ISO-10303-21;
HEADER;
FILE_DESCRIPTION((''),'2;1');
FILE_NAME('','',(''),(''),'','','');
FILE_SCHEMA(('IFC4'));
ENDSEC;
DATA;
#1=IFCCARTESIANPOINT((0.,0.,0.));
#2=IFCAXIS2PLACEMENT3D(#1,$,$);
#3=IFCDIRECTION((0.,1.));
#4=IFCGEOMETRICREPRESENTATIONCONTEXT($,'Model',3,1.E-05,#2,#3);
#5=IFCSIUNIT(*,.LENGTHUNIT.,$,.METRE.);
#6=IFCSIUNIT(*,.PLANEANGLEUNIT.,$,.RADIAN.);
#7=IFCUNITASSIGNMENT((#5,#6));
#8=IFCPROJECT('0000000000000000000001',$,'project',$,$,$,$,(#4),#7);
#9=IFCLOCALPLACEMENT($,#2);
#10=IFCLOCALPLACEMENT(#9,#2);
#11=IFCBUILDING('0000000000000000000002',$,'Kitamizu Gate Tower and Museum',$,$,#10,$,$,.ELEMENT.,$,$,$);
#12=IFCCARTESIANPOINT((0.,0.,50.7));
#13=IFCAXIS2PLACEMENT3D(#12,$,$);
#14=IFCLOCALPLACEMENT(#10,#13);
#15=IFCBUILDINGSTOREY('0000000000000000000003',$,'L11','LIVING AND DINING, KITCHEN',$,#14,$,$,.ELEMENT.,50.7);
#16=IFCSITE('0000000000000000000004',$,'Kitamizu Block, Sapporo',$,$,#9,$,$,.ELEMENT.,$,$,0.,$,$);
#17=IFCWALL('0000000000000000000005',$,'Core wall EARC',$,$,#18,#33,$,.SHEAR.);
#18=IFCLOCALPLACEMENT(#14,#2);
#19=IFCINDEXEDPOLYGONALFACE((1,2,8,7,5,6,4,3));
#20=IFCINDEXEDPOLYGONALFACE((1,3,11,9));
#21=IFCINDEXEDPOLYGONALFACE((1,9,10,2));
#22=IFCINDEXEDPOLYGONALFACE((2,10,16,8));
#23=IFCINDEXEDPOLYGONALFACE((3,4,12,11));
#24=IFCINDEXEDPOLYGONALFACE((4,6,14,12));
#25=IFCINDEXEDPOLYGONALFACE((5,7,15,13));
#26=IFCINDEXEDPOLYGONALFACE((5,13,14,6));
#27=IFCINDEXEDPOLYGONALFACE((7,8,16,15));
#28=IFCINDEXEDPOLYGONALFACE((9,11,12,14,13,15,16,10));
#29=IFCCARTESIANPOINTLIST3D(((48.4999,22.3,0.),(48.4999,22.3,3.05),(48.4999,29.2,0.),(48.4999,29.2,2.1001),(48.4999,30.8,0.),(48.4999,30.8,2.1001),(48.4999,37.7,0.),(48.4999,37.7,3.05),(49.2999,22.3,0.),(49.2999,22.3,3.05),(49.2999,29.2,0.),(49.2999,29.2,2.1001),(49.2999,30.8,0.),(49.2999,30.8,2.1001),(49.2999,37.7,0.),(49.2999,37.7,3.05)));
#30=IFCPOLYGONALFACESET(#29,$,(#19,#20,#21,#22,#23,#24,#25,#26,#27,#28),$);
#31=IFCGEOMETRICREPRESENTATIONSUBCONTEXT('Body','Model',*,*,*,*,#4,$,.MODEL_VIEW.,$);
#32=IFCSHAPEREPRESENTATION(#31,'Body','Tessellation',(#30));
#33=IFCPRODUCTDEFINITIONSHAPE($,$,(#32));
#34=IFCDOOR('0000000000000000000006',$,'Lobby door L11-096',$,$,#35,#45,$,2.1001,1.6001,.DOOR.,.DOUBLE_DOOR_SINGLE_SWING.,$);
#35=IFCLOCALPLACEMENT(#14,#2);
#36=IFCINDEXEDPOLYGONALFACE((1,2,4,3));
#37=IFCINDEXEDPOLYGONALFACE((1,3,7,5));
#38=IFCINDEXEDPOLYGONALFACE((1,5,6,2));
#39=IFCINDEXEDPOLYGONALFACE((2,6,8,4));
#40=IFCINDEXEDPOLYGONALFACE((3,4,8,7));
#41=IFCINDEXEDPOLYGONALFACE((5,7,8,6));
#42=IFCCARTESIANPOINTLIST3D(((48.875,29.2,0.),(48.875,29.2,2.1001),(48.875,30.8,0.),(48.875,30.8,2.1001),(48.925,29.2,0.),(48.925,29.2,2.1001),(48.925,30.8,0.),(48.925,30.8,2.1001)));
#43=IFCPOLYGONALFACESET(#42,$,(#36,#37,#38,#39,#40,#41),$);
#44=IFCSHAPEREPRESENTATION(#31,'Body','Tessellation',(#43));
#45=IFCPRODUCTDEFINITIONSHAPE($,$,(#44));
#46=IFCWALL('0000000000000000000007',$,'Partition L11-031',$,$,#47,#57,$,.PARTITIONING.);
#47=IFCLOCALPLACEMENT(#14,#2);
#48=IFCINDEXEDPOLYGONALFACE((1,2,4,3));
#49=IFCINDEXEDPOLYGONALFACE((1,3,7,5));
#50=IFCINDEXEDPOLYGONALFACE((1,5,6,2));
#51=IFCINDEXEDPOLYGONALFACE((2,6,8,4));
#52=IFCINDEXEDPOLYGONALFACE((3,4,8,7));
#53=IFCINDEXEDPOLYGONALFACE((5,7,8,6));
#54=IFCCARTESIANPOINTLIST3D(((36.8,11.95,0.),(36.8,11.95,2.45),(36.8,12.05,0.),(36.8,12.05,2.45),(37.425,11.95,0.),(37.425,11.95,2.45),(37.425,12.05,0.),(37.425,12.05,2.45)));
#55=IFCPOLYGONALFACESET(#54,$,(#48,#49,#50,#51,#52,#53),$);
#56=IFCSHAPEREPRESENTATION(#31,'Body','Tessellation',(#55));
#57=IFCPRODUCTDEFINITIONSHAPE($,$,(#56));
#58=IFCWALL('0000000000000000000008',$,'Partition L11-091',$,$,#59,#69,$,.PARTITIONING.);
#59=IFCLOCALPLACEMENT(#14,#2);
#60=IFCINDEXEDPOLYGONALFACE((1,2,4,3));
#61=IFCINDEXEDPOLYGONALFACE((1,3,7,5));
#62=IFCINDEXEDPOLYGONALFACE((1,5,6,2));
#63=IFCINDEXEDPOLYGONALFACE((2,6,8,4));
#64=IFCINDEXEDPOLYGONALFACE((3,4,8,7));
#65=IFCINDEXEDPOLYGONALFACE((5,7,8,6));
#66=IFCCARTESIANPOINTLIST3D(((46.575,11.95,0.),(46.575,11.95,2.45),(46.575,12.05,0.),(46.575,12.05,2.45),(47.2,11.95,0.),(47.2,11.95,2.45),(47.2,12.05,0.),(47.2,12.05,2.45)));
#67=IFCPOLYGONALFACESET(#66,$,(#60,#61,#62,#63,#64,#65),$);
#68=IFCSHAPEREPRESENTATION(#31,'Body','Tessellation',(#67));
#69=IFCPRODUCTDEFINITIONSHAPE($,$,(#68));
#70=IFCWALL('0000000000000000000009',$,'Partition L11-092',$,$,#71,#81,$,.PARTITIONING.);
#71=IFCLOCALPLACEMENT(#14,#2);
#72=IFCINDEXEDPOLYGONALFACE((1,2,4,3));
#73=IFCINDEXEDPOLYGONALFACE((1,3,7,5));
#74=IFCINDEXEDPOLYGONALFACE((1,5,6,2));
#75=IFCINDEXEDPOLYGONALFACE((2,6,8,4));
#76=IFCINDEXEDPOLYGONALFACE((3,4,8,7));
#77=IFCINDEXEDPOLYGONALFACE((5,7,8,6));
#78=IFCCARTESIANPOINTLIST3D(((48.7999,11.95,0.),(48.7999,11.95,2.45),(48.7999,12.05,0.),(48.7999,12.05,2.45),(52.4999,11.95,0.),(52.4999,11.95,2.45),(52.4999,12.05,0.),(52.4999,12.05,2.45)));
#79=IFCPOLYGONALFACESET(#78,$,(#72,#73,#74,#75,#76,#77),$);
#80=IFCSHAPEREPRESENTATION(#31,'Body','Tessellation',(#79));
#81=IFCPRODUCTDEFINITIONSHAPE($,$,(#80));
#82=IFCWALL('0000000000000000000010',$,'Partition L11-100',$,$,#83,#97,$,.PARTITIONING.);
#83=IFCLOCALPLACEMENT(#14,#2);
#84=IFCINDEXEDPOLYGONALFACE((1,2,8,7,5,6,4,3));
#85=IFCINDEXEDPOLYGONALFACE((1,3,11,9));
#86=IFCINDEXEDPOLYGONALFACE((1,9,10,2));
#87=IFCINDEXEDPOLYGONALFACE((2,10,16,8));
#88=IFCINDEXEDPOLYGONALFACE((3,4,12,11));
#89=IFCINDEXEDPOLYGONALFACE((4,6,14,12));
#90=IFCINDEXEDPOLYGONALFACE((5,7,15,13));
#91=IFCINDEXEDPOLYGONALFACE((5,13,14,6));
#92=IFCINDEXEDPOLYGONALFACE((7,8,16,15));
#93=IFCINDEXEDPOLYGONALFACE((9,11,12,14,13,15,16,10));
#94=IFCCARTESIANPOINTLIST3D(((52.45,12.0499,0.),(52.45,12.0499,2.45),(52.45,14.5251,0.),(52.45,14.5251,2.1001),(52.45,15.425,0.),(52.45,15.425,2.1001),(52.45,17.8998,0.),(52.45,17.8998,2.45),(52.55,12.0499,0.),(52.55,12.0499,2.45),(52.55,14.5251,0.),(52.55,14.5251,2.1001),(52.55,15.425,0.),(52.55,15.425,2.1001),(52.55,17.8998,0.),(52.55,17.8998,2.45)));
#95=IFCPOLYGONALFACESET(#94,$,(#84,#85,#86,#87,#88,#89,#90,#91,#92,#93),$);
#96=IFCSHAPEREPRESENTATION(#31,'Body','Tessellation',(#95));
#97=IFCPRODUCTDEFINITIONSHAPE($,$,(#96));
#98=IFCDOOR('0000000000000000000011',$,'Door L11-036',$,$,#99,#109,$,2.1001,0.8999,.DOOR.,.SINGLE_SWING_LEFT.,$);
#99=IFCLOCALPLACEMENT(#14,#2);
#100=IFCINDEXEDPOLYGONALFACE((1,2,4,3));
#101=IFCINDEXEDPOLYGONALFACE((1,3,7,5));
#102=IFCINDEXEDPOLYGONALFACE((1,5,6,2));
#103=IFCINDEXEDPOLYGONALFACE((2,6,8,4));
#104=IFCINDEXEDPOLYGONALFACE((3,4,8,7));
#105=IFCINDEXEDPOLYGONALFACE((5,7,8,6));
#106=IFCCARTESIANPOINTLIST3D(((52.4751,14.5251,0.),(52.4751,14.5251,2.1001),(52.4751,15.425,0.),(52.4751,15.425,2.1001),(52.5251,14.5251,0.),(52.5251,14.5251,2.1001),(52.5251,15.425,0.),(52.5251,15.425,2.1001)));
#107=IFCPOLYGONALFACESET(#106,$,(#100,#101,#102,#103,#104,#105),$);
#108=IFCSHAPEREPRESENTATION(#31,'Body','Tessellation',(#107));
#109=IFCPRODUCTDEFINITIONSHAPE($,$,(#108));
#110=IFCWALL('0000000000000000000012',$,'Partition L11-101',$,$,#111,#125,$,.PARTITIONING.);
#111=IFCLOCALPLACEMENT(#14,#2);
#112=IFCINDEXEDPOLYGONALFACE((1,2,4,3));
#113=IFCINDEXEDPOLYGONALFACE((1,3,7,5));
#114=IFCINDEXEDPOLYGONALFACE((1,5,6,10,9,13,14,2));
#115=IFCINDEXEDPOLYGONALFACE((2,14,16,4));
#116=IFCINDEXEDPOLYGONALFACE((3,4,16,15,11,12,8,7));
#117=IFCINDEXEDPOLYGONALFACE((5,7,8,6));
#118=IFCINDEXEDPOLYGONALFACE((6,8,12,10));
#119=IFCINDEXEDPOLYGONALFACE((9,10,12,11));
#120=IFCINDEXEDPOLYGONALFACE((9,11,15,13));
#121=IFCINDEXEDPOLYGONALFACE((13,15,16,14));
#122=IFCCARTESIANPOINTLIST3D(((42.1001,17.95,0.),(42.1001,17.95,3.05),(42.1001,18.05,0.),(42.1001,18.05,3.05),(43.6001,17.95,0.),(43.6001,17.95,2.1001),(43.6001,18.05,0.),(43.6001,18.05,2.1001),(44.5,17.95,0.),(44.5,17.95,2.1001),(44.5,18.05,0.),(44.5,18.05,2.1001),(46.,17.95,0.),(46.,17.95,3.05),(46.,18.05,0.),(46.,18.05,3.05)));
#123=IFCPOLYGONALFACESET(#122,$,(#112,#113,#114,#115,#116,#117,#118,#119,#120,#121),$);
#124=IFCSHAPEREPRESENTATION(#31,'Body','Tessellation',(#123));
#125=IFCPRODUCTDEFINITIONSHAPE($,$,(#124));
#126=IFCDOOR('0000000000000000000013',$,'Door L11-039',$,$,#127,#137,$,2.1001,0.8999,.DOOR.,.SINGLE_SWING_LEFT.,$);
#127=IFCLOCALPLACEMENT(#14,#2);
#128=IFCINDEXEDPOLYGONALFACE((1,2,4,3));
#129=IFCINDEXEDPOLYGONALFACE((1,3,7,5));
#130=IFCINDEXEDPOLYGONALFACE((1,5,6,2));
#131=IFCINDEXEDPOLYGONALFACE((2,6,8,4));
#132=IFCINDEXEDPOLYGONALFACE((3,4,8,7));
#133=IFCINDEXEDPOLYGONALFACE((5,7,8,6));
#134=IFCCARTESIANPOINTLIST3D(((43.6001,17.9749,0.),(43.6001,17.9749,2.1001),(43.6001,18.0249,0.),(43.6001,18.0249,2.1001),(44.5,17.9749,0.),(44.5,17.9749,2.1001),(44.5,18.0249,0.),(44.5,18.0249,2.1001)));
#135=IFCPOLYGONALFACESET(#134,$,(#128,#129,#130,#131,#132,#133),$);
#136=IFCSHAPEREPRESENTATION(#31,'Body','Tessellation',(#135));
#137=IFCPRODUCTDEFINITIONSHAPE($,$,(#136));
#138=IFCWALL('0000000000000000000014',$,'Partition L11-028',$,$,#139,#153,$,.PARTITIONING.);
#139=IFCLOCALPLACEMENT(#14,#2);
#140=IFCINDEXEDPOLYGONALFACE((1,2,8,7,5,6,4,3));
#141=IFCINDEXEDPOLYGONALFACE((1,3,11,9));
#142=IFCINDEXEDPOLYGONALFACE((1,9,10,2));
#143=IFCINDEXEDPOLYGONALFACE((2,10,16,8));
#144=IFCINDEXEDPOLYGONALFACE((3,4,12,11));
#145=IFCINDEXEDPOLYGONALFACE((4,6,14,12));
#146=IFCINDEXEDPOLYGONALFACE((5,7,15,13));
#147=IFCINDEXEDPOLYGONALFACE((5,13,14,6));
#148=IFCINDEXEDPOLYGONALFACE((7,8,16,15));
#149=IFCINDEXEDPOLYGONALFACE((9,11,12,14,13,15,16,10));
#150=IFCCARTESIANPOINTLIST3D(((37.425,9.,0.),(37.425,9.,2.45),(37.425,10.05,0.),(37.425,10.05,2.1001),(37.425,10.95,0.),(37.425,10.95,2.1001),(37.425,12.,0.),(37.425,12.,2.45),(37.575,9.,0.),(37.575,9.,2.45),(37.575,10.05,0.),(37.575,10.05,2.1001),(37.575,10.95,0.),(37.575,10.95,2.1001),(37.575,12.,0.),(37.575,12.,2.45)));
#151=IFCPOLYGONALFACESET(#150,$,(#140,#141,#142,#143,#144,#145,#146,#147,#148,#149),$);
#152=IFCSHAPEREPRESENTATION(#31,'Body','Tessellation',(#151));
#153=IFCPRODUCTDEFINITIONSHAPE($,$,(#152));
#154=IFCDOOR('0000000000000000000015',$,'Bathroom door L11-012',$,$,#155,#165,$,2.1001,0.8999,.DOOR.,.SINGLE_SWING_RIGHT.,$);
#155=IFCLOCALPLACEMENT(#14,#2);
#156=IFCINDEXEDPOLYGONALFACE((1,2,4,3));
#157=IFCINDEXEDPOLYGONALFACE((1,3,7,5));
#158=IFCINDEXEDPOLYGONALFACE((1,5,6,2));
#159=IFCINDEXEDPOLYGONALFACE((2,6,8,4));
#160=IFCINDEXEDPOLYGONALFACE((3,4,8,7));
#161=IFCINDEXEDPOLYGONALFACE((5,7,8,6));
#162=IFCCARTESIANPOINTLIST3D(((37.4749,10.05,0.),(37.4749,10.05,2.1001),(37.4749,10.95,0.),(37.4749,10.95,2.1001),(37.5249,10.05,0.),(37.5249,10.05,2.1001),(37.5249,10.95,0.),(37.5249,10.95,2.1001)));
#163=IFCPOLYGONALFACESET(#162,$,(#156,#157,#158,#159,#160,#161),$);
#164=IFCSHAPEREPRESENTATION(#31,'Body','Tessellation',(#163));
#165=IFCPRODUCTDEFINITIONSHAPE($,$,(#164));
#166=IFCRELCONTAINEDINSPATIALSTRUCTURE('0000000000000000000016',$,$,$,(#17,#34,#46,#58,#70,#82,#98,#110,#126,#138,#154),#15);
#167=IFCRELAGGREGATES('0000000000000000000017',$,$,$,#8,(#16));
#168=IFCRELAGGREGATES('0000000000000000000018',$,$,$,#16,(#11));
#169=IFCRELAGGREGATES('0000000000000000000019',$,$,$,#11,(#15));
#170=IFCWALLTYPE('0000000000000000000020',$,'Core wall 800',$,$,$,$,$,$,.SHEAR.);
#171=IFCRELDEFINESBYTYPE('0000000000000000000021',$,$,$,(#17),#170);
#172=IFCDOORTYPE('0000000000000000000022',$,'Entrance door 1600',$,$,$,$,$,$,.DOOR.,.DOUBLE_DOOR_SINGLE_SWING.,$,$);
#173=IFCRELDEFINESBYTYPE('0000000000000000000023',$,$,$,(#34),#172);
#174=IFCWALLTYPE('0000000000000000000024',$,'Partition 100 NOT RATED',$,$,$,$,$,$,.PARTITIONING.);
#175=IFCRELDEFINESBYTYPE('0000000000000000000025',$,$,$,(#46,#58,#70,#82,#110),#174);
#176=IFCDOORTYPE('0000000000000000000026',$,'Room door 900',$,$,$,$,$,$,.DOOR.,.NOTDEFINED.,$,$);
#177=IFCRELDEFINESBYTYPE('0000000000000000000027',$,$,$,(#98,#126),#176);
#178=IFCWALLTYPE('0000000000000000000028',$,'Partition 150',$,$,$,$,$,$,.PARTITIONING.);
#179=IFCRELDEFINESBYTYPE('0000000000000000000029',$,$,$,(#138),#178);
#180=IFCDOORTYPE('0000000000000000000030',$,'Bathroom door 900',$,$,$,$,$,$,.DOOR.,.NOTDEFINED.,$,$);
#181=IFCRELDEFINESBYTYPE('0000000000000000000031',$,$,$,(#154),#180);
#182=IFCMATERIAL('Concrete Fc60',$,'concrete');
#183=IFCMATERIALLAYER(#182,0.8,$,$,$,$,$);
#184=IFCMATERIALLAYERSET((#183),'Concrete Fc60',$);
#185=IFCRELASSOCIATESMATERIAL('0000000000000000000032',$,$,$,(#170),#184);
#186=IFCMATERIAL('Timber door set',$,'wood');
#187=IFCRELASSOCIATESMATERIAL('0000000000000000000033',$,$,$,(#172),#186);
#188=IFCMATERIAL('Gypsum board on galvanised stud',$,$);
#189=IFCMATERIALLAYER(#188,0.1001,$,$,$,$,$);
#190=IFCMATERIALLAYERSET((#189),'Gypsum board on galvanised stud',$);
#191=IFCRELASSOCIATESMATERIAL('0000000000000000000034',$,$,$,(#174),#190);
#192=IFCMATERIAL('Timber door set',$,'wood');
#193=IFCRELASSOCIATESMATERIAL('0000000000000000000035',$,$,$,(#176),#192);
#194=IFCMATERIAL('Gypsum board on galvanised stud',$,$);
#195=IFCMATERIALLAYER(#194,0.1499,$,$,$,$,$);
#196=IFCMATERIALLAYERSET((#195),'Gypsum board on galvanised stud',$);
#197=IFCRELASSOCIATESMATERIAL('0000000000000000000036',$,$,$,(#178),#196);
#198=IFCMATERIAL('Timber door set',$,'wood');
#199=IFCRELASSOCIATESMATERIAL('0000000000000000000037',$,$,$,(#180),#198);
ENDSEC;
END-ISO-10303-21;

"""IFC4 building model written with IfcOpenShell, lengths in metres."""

from ifc_helpers import new_model, si_unit, direction, frame, frame_2d, origin, place, context, subcontext, project, spatial, rectangle, extrude, material, layer, layer_set, type_object, element, fill, save


model = new_model("IFC4")

# Units and contexts
model_context = context("Model", 3, precision=1e-05, world=origin(), true_north=direction((0.0, 1.0)))
body_context = subcontext(model_context, "Body", "Model", "MODEL_VIEW")
ifc_project = project(units=[si_unit("LENGTHUNIT", "METRE"), si_unit("PLANEANGLEUNIT", "RADIAN")], contexts=[model_context])

# Site, building, storey
site_placement = place(None, origin())
site = spatial("IfcSite", under=ifc_project, at=site_placement, Name="Kitamizu Block, Sapporo", CompositionType="ELEMENT", RefElevation=0.0)
building_placement = place(site_placement, origin())
building = spatial("IfcBuilding", under=site, at=building_placement, Name="Kitamizu Gate Tower and Museum", CompositionType="ELEMENT")
storey_placement = place(building_placement, frame((0.0, 0.0, 50.7)))
storey = spatial("IfcBuildingStorey", under=building, at=storey_placement, Name="L11", Description="LIVING AND DINING, KITCHEN", CompositionType="ELEMENT", Elevation=50.7)

# Wall, opening, door
ifc_material_1 = material(Name="Concrete Fc60", Category="concrete")
ifc_layer_1 = layer(ifc_material_1, 0.8)
ifc_layer_set_1 = layer_set([ifc_layer_1], Name="Concrete Fc60")
wall_type_1 = type_object("IfcWallType", Name="Core wall 800", PredefinedType="SHEAR", material=ifc_layer_set_1)
wall_1_placement = place(storey_placement, frame((48.8999, 22.3, 0.0), z_axis=(0.0, 0.0, 1.0), x_axis=(0.0, 1.0, 0.0)))
wall_1 = element("IfcWall", 1, at=wall_1_placement, inside=storey, type_object=wall_type_1, Name="Core wall EARC", PredefinedType="SHEAR", context=body_context, shape_type="SweptSolid", body=[
    extrude(rectangle(XDim=15.3999, YDim=0.8, at=frame_2d((7.7, 0.0))), origin(), (0.0, 0.0, 1.0), 3.05),
])
opening_1_placement = place(wall_1_placement, frame((6.8999, 0.0, 0.0)))
opening_1 = element("IfcOpeningElement", 2, at=opening_1_placement, cuts=wall_1, PredefinedType="OPENING", context=body_context, shape_type="SweptSolid", body=[
    extrude(rectangle(XDim=1.6001, YDim=2.1001, at=frame_2d((0.8, 1.05))), frame((0.0, 0.4102, 0.0), z_axis=(0.0, -1.0, 0.0), x_axis=(1.0, 0.0, 0.0)), (0.0, 0.0, 1.0), 0.8201),
])
ifc_material_2 = material(Name="Timber door set", Category="wood")
door_type_1 = type_object("IfcDoorType", Name="Entrance door 1600", OperationType="DOUBLE_DOOR_SINGLE_SWING", PredefinedType="DOOR", material=ifc_material_2)
door_1_placement = place(opening_1_placement, origin())
door_1 = element("IfcDoor", 3, at=door_1_placement, inside=storey, type_object=door_type_1, Name="Lobby door L11-096", OperationType="DOUBLE_DOOR_SINGLE_SWING", OverallHeight=2.1001, OverallWidth=1.6001, PredefinedType="DOOR", context=body_context, shape_type="SweptSolid", body=[
    extrude(rectangle(XDim=1.6001, YDim=2.1001, at=frame_2d((0.8, 1.05))), frame((0.0, 0.0249, 0.0), z_axis=(0.0, -1.0, 0.0), x_axis=(1.0, 0.0, 0.0)), (0.0, 0.0, 1.0), 0.05),
])
fill(opening_1, door_1)

# Walls
ifc_material_3 = material(Name="Gypsum board on galvanised stud")
ifc_layer_2 = layer(ifc_material_3, 0.1001)
ifc_layer_set_2 = layer_set([ifc_layer_2], Name="Gypsum board on galvanised stud")
wall_type_2 = type_object("IfcWallType", Name="Partition 100 NOT RATED", PredefinedType="PARTITIONING", material=ifc_layer_set_2)
for number, where, z_axis, x_axis, name in (
    (4, (37.425, 12.0, 0.0), (0.0, 0.0, 1.0), (-1.0, 0.0, 0.0), "Partition L11-031"),
    (5, (47.2, 12.0, 0.0), (0.0, 0.0, 1.0), (-1.0, 0.0, 0.0), "Partition L11-091"),
):
    element("IfcWall", number, at=place(storey_placement, frame(where, z_axis=z_axis, x_axis=x_axis)), inside=storey, type_object=wall_type_2, Name=name, PredefinedType="PARTITIONING", context=body_context, shape_type="SweptSolid", body=[
        extrude(rectangle(XDim=0.625, YDim=0.1001, at=frame_2d((0.3125, 0.0))), origin(), (0.0, 0.0, 1.0), 2.45),
    ])
wall_2_placement = place(storey_placement, frame((52.5, 12.0, 0.0), z_axis=(0.0, 0.0, 1.0), x_axis=(-1.0, 0.0, 0.0)))
element("IfcWall", 6, at=wall_2_placement, inside=storey, type_object=wall_type_2, Name="Partition L11-092", PredefinedType="PARTITIONING", context=body_context, shape_type="SweptSolid", body=[
    extrude(rectangle(XDim=3.7, YDim=0.1001, at=frame_2d((1.8501, 0.0))), origin(), (0.0, 0.0, 1.0), 2.45),
])

# Walls, openings, doors
wall_3_placement = place(storey_placement, frame((52.5, 12.05, 0.0), z_axis=(0.0, 0.0, 1.0), x_axis=(0.0, 1.0, 0.0)))
wall_3 = element("IfcWall", 7, at=wall_3_placement, inside=storey, type_object=wall_type_2, Name="Partition L11-100", PredefinedType="PARTITIONING", context=body_context, shape_type="SweptSolid", body=[
    extrude(rectangle(XDim=5.8499, YDim=0.1001, at=frame_2d((2.9248, 0.0))), origin(), (0.0, 0.0, 1.0), 2.45),
])
opening_2_placement = place(wall_3_placement, frame((2.4751, 0.0, 0.0)))
opening_2 = element("IfcOpeningElement", 8, at=opening_2_placement, cuts=wall_3, PredefinedType="OPENING", context=body_context, shape_type="SweptSolid", body=[
    extrude(rectangle(XDim=0.8999, YDim=2.1001, at=frame_2d((0.45, 1.05))), frame((0.0, 0.0601, 0.0), z_axis=(0.0, -1.0, 0.0), x_axis=(1.0, 0.0, 0.0)), (0.0, 0.0, 1.0), 0.1201),
])
ifc_material_4 = material(Name="Timber door set", Category="wood")
door_type_2 = type_object("IfcDoorType", Name="Room door 900", OperationType="NOTDEFINED", PredefinedType="DOOR", material=ifc_material_4)
door_2_placement = place(opening_2_placement, origin())
door_2 = element("IfcDoor", 9, at=door_2_placement, inside=storey, type_object=door_type_2, Name="Door L11-036", OperationType="SINGLE_SWING_LEFT", OverallHeight=2.1001, OverallWidth=0.8999, PredefinedType="DOOR", context=body_context, shape_type="SweptSolid", body=[
    extrude(rectangle(XDim=0.8999, YDim=2.1001, at=frame_2d((0.45, 1.05))), frame((0.0, 0.0249, 0.0), z_axis=(0.0, -1.0, 0.0), x_axis=(1.0, 0.0, 0.0)), (0.0, 0.0, 1.0), 0.05),
])
fill(opening_2, door_2)
wall_4_placement = place(storey_placement, frame((46.0, 18.0, 0.0), z_axis=(0.0, 0.0, 1.0), x_axis=(-1.0, 0.0, 0.0)))
wall_4 = element("IfcWall", 10, at=wall_4_placement, inside=storey, type_object=wall_type_2, Name="Partition L11-101", PredefinedType="PARTITIONING", context=body_context, shape_type="SweptSolid", body=[
    extrude(rectangle(XDim=3.8999, YDim=0.1001, at=frame_2d((1.95, 0.0))), origin(), (0.0, 0.0, 1.0), 3.05),
])
opening_3_placement = place(wall_4_placement, frame((1.5, 0.0, 0.0)))
opening_3 = element("IfcOpeningElement", 11, at=opening_3_placement, cuts=wall_4, PredefinedType="OPENING", context=body_context, shape_type="SweptSolid", body=[
    extrude(rectangle(XDim=0.8999, YDim=2.1001, at=frame_2d((0.45, 1.05))), frame((0.0, 0.0601, 0.0), z_axis=(0.0, -1.0, 0.0), x_axis=(1.0, 0.0, 0.0)), (0.0, 0.0, 1.0), 0.1201),
])
door_3_placement = place(opening_3_placement, frame((0.8999, 0.0, 0.0), x_axis=(-1.0, 0.0, 0.0)))
door_3 = element("IfcDoor", 12, at=door_3_placement, inside=storey, type_object=door_type_2, Name="Door L11-039", OperationType="SINGLE_SWING_LEFT", OverallHeight=2.1001, OverallWidth=0.8999, PredefinedType="DOOR", context=body_context, shape_type="SweptSolid", body=[
    extrude(rectangle(XDim=0.8999, YDim=2.1001, at=frame_2d((0.45, 1.05))), frame((0.0, 0.0249, 0.0), z_axis=(0.0, -1.0, 0.0), x_axis=(1.0, 0.0, 0.0)), (0.0, 0.0, 1.0), 0.05),
])
fill(opening_3, door_3)
ifc_material_5 = material(Name="Gypsum board on galvanised stud")
ifc_layer_3 = layer(ifc_material_5, 0.1499)
ifc_layer_set_3 = layer_set([ifc_layer_3], Name="Gypsum board on galvanised stud")
wall_type_3 = type_object("IfcWallType", Name="Partition 150", PredefinedType="PARTITIONING", material=ifc_layer_set_3)
wall_5_placement = place(storey_placement, frame((37.5, 9.0, 0.0), z_axis=(0.0, 0.0, 1.0), x_axis=(0.0, 1.0, 0.0)))
wall_5 = element("IfcWall", 13, at=wall_5_placement, inside=storey, type_object=wall_type_3, Name="Partition L11-028", PredefinedType="PARTITIONING", context=body_context, shape_type="SweptSolid", body=[
    extrude(rectangle(XDim=3.0, YDim=0.1499, at=frame_2d((1.5, 0.0))), origin(), (0.0, 0.0, 1.0), 2.45),
])
opening_4_placement = place(wall_5_placement, frame((1.05, 0.0, 0.0)))
opening_4 = element("IfcOpeningElement", 14, at=opening_4_placement, cuts=wall_5, PredefinedType="OPENING", context=body_context, shape_type="SweptSolid", body=[
    extrude(rectangle(XDim=0.8999, YDim=2.1001, at=frame_2d((0.45, 1.05))), frame((0.0, 0.085, 0.0), z_axis=(0.0, -1.0, 0.0), x_axis=(1.0, 0.0, 0.0)), (0.0, 0.0, 1.0), 0.1699),
])
ifc_material_6 = material(Name="Timber door set", Category="wood")
door_type_3 = type_object("IfcDoorType", Name="Bathroom door 900", OperationType="NOTDEFINED", PredefinedType="DOOR", material=ifc_material_6)
door_4_placement = place(opening_4_placement, frame((0.8999, 0.0, 0.0), x_axis=(-1.0, 0.0, 0.0)))
door_4 = element("IfcDoor", 15, at=door_4_placement, inside=storey, type_object=door_type_3, Name="Bathroom door L11-012", OperationType="SINGLE_SWING_RIGHT", OverallHeight=2.1001, OverallWidth=0.8999, PredefinedType="DOOR", context=body_context, shape_type="SweptSolid", body=[
    extrude(rectangle(XDim=0.8999, YDim=2.1001, at=frame_2d((0.45, 1.05))), frame((0.0, 0.0249, 0.0), z_axis=(0.0, -1.0, 0.0), x_axis=(1.0, 0.0, 0.0)), (0.0, 0.0, 1.0), 0.05),
])
fill(opening_4, door_4)

save(model, "model.ifc")
